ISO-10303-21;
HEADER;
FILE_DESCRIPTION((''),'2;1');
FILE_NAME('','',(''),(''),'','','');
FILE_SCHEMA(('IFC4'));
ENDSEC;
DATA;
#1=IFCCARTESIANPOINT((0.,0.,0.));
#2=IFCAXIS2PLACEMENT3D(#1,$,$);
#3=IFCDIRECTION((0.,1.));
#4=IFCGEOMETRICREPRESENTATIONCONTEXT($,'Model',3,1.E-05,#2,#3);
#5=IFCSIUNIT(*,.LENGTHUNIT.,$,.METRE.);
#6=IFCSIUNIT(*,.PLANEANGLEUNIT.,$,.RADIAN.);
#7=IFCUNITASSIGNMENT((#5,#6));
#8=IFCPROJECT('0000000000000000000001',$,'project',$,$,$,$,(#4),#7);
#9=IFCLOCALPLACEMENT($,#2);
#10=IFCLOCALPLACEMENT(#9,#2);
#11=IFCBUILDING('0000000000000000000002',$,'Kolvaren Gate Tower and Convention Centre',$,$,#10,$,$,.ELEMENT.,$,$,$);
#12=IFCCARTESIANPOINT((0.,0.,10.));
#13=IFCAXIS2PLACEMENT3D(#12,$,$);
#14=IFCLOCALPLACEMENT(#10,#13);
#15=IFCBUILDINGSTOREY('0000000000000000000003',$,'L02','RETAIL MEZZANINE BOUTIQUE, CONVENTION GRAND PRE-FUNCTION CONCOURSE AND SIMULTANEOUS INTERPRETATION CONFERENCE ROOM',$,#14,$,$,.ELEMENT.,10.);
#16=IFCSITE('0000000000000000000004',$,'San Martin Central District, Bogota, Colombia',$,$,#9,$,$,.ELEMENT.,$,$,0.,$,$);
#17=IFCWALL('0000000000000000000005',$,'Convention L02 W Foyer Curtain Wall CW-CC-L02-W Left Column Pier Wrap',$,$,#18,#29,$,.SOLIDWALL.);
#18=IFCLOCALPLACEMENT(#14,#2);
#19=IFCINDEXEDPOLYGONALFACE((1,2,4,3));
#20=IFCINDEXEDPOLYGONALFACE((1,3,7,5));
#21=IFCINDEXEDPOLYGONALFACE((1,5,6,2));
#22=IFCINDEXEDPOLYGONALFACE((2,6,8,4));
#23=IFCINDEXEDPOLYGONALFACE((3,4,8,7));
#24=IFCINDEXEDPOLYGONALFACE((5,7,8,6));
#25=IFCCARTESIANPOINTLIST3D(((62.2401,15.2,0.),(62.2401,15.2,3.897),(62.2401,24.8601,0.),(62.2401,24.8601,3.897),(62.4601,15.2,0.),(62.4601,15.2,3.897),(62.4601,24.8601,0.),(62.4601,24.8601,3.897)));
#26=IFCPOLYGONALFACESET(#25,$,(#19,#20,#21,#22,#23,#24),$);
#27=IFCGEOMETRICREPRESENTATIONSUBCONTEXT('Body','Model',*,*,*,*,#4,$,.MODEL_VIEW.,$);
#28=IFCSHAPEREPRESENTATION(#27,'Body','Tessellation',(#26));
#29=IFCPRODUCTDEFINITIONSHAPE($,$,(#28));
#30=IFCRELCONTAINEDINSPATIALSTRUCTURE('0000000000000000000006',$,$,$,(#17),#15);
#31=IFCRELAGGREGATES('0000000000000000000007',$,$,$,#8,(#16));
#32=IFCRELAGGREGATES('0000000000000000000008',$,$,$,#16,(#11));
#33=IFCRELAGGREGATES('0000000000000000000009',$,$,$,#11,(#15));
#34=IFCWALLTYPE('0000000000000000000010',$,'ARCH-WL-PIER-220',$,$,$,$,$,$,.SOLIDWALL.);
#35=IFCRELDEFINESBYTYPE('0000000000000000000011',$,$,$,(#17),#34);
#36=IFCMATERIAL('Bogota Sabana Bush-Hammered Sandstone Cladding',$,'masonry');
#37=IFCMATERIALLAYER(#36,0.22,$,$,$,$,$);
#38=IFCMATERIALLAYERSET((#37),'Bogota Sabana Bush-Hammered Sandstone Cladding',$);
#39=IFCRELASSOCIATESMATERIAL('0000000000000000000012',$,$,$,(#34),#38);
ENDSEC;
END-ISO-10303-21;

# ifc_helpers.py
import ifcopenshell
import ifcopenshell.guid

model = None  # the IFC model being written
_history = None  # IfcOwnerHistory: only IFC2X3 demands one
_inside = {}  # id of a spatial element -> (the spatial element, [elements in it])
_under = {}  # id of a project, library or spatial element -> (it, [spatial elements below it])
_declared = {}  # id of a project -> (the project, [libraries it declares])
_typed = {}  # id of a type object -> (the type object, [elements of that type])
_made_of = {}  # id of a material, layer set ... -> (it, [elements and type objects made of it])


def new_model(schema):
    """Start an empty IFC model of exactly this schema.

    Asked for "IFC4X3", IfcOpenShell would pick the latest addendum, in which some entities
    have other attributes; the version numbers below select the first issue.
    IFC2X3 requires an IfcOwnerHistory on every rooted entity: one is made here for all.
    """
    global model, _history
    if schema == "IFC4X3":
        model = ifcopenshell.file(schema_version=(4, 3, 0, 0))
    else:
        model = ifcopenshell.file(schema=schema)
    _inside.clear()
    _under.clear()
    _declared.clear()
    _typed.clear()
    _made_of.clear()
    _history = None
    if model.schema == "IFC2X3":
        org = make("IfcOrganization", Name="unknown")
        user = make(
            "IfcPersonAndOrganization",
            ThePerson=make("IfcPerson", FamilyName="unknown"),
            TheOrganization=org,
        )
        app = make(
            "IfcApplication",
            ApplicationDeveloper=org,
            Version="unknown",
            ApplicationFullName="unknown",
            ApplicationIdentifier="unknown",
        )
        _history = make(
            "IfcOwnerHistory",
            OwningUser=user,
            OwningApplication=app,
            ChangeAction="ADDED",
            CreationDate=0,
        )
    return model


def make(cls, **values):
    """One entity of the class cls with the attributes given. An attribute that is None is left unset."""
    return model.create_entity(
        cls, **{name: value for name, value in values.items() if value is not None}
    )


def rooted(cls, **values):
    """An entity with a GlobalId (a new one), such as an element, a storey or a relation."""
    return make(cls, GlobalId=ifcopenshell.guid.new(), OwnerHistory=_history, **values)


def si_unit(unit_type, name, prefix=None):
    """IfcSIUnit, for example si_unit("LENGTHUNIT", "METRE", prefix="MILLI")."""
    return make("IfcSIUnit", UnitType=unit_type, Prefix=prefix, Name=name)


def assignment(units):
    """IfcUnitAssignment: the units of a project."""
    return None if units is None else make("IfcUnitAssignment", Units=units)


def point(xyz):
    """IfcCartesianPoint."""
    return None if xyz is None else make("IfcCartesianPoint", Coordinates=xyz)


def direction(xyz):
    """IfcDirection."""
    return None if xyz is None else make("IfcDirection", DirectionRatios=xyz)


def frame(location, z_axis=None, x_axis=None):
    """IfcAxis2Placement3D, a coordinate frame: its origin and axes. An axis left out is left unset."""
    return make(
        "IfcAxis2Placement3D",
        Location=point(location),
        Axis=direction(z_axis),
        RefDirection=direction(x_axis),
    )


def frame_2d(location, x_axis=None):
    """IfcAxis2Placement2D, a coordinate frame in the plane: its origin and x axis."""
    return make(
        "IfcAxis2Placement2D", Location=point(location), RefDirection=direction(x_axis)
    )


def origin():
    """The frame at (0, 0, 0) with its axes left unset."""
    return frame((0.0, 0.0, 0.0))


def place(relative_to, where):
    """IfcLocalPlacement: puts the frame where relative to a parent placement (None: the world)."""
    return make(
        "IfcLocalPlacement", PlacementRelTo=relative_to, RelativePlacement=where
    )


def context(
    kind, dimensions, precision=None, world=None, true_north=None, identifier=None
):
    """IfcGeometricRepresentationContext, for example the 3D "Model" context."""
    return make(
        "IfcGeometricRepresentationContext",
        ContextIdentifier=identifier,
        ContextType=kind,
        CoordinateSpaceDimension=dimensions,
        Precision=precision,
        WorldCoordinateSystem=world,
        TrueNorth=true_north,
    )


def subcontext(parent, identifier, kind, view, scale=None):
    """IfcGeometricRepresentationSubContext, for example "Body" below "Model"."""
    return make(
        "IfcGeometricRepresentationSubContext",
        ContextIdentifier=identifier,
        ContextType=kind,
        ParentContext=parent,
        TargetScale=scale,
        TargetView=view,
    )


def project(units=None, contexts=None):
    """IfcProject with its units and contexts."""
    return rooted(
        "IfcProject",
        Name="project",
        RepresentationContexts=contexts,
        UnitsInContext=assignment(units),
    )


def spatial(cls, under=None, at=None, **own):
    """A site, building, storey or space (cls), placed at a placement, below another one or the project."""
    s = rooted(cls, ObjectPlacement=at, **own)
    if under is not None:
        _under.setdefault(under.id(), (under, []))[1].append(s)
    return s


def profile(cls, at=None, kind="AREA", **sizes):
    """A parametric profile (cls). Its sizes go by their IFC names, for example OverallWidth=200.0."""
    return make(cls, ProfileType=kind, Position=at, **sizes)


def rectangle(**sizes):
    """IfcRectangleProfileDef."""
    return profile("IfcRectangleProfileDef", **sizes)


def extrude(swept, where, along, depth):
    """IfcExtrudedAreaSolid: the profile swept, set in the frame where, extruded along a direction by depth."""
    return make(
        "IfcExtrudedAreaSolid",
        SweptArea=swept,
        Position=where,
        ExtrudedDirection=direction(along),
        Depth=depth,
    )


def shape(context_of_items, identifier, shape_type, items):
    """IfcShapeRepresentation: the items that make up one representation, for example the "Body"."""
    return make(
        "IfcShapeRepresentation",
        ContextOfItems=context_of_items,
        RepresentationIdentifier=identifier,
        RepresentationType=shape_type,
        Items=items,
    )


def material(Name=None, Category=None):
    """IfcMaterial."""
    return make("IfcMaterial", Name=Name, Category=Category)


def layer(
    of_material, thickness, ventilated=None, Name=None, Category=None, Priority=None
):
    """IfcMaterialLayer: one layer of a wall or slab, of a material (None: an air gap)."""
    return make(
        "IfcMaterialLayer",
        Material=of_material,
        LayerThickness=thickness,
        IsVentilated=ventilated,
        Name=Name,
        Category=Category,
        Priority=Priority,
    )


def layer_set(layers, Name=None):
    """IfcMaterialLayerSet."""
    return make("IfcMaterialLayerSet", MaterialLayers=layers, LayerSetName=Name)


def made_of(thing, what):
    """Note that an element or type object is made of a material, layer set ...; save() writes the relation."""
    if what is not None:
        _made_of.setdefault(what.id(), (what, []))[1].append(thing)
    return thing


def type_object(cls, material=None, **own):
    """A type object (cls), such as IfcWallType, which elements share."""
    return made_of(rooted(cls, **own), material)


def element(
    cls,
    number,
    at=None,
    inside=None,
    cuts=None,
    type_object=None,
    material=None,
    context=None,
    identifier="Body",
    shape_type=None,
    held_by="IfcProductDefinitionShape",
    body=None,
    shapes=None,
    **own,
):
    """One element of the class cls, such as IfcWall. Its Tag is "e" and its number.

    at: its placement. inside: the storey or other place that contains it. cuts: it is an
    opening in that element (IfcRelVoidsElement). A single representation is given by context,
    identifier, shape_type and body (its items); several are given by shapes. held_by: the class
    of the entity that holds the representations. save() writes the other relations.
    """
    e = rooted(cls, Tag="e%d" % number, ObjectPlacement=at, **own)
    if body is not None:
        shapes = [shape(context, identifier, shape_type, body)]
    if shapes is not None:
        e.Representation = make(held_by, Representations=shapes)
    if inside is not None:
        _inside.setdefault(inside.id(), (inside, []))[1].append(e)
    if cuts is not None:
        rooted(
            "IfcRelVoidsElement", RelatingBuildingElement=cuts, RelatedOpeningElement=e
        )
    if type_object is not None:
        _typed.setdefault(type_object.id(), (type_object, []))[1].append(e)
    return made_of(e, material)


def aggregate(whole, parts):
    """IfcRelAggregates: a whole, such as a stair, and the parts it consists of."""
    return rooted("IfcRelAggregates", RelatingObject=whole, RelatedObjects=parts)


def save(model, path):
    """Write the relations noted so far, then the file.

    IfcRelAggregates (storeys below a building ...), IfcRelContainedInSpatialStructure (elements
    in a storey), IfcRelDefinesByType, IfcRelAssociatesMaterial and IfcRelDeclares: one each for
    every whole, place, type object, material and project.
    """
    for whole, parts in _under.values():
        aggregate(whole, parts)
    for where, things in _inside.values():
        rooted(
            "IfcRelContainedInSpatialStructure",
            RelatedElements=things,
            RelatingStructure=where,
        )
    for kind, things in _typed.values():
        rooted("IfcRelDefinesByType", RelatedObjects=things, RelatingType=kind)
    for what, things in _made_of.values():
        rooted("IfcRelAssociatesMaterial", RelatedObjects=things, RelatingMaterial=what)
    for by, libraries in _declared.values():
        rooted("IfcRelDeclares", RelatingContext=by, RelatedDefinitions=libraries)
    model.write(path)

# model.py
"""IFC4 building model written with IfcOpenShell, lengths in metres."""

from ifc_helpers import new_model, si_unit, direction, frame, frame_2d, origin, place, context, subcontext, project, spatial, rectangle, extrude, material, layer, layer_set, type_object, element, save


model = new_model("IFC4")

# Units and contexts
model_context = context("Model", 3, precision=1e-05, world=origin(), true_north=direction((0.0, 1.0)))
body_context = subcontext(model_context, "Body", "Model", "MODEL_VIEW")
ifc_project = project(units=[si_unit("LENGTHUNIT", "METRE"), si_unit("PLANEANGLEUNIT", "RADIAN")], contexts=[model_context])

# Site, building, storey
site_placement = place(None, origin())
site = spatial("IfcSite", under=ifc_project, at=site_placement, Name="San Martin Central District, Bogota, Colombia", CompositionType="ELEMENT", RefElevation=0.0)
building_placement = place(site_placement, origin())
building = spatial("IfcBuilding", under=site, at=building_placement, Name="Kolvaren Gate Tower and Convention Centre", CompositionType="ELEMENT")
storey_placement = place(building_placement, frame((0.0, 0.0, 10.0)))
storey = spatial("IfcBuildingStorey", under=building, at=storey_placement, Name="L02", Description="RETAIL MEZZANINE BOUTIQUE, CONVENTION GRAND PRE-FUNCTION CONCOURSE AND SIMULTANEOUS INTERPRETATION CONFERENCE ROOM", CompositionType="ELEMENT", Elevation=10.0)

# Wall
ifc_material_1 = material(Name="Bogota Sabana Bush-Hammered Sandstone Cladding", Category="masonry")
ifc_layer_1 = layer(ifc_material_1, 0.22)
ifc_layer_set_1 = layer_set([ifc_layer_1], Name="Bogota Sabana Bush-Hammered Sandstone Cladding")
wall_type = type_object("IfcWallType", Name="ARCH-WL-PIER-220", PredefinedType="SOLIDWALL", material=ifc_layer_set_1)
wall_placement = place(storey_placement, frame((62.3501, 15.2, 0.0), z_axis=(0.0, 0.0, 1.0), x_axis=(0.0, 1.0, 0.0)))
element("IfcWall", 1, at=wall_placement, inside=storey, type_object=wall_type, Name="Convention L02 W Foyer Curtain Wall CW-CC-L02-W Left Column Pier Wrap", PredefinedType="SOLIDWALL", context=body_context, shape_type="SweptSolid", body=[
    extrude(rectangle(XDim=9.6602, YDim=0.22, at=frame_2d((4.8301, 0.0))), origin(), (0.0, 0.0, 1.0), 3.897),
])

save(model, "model.ifc")
